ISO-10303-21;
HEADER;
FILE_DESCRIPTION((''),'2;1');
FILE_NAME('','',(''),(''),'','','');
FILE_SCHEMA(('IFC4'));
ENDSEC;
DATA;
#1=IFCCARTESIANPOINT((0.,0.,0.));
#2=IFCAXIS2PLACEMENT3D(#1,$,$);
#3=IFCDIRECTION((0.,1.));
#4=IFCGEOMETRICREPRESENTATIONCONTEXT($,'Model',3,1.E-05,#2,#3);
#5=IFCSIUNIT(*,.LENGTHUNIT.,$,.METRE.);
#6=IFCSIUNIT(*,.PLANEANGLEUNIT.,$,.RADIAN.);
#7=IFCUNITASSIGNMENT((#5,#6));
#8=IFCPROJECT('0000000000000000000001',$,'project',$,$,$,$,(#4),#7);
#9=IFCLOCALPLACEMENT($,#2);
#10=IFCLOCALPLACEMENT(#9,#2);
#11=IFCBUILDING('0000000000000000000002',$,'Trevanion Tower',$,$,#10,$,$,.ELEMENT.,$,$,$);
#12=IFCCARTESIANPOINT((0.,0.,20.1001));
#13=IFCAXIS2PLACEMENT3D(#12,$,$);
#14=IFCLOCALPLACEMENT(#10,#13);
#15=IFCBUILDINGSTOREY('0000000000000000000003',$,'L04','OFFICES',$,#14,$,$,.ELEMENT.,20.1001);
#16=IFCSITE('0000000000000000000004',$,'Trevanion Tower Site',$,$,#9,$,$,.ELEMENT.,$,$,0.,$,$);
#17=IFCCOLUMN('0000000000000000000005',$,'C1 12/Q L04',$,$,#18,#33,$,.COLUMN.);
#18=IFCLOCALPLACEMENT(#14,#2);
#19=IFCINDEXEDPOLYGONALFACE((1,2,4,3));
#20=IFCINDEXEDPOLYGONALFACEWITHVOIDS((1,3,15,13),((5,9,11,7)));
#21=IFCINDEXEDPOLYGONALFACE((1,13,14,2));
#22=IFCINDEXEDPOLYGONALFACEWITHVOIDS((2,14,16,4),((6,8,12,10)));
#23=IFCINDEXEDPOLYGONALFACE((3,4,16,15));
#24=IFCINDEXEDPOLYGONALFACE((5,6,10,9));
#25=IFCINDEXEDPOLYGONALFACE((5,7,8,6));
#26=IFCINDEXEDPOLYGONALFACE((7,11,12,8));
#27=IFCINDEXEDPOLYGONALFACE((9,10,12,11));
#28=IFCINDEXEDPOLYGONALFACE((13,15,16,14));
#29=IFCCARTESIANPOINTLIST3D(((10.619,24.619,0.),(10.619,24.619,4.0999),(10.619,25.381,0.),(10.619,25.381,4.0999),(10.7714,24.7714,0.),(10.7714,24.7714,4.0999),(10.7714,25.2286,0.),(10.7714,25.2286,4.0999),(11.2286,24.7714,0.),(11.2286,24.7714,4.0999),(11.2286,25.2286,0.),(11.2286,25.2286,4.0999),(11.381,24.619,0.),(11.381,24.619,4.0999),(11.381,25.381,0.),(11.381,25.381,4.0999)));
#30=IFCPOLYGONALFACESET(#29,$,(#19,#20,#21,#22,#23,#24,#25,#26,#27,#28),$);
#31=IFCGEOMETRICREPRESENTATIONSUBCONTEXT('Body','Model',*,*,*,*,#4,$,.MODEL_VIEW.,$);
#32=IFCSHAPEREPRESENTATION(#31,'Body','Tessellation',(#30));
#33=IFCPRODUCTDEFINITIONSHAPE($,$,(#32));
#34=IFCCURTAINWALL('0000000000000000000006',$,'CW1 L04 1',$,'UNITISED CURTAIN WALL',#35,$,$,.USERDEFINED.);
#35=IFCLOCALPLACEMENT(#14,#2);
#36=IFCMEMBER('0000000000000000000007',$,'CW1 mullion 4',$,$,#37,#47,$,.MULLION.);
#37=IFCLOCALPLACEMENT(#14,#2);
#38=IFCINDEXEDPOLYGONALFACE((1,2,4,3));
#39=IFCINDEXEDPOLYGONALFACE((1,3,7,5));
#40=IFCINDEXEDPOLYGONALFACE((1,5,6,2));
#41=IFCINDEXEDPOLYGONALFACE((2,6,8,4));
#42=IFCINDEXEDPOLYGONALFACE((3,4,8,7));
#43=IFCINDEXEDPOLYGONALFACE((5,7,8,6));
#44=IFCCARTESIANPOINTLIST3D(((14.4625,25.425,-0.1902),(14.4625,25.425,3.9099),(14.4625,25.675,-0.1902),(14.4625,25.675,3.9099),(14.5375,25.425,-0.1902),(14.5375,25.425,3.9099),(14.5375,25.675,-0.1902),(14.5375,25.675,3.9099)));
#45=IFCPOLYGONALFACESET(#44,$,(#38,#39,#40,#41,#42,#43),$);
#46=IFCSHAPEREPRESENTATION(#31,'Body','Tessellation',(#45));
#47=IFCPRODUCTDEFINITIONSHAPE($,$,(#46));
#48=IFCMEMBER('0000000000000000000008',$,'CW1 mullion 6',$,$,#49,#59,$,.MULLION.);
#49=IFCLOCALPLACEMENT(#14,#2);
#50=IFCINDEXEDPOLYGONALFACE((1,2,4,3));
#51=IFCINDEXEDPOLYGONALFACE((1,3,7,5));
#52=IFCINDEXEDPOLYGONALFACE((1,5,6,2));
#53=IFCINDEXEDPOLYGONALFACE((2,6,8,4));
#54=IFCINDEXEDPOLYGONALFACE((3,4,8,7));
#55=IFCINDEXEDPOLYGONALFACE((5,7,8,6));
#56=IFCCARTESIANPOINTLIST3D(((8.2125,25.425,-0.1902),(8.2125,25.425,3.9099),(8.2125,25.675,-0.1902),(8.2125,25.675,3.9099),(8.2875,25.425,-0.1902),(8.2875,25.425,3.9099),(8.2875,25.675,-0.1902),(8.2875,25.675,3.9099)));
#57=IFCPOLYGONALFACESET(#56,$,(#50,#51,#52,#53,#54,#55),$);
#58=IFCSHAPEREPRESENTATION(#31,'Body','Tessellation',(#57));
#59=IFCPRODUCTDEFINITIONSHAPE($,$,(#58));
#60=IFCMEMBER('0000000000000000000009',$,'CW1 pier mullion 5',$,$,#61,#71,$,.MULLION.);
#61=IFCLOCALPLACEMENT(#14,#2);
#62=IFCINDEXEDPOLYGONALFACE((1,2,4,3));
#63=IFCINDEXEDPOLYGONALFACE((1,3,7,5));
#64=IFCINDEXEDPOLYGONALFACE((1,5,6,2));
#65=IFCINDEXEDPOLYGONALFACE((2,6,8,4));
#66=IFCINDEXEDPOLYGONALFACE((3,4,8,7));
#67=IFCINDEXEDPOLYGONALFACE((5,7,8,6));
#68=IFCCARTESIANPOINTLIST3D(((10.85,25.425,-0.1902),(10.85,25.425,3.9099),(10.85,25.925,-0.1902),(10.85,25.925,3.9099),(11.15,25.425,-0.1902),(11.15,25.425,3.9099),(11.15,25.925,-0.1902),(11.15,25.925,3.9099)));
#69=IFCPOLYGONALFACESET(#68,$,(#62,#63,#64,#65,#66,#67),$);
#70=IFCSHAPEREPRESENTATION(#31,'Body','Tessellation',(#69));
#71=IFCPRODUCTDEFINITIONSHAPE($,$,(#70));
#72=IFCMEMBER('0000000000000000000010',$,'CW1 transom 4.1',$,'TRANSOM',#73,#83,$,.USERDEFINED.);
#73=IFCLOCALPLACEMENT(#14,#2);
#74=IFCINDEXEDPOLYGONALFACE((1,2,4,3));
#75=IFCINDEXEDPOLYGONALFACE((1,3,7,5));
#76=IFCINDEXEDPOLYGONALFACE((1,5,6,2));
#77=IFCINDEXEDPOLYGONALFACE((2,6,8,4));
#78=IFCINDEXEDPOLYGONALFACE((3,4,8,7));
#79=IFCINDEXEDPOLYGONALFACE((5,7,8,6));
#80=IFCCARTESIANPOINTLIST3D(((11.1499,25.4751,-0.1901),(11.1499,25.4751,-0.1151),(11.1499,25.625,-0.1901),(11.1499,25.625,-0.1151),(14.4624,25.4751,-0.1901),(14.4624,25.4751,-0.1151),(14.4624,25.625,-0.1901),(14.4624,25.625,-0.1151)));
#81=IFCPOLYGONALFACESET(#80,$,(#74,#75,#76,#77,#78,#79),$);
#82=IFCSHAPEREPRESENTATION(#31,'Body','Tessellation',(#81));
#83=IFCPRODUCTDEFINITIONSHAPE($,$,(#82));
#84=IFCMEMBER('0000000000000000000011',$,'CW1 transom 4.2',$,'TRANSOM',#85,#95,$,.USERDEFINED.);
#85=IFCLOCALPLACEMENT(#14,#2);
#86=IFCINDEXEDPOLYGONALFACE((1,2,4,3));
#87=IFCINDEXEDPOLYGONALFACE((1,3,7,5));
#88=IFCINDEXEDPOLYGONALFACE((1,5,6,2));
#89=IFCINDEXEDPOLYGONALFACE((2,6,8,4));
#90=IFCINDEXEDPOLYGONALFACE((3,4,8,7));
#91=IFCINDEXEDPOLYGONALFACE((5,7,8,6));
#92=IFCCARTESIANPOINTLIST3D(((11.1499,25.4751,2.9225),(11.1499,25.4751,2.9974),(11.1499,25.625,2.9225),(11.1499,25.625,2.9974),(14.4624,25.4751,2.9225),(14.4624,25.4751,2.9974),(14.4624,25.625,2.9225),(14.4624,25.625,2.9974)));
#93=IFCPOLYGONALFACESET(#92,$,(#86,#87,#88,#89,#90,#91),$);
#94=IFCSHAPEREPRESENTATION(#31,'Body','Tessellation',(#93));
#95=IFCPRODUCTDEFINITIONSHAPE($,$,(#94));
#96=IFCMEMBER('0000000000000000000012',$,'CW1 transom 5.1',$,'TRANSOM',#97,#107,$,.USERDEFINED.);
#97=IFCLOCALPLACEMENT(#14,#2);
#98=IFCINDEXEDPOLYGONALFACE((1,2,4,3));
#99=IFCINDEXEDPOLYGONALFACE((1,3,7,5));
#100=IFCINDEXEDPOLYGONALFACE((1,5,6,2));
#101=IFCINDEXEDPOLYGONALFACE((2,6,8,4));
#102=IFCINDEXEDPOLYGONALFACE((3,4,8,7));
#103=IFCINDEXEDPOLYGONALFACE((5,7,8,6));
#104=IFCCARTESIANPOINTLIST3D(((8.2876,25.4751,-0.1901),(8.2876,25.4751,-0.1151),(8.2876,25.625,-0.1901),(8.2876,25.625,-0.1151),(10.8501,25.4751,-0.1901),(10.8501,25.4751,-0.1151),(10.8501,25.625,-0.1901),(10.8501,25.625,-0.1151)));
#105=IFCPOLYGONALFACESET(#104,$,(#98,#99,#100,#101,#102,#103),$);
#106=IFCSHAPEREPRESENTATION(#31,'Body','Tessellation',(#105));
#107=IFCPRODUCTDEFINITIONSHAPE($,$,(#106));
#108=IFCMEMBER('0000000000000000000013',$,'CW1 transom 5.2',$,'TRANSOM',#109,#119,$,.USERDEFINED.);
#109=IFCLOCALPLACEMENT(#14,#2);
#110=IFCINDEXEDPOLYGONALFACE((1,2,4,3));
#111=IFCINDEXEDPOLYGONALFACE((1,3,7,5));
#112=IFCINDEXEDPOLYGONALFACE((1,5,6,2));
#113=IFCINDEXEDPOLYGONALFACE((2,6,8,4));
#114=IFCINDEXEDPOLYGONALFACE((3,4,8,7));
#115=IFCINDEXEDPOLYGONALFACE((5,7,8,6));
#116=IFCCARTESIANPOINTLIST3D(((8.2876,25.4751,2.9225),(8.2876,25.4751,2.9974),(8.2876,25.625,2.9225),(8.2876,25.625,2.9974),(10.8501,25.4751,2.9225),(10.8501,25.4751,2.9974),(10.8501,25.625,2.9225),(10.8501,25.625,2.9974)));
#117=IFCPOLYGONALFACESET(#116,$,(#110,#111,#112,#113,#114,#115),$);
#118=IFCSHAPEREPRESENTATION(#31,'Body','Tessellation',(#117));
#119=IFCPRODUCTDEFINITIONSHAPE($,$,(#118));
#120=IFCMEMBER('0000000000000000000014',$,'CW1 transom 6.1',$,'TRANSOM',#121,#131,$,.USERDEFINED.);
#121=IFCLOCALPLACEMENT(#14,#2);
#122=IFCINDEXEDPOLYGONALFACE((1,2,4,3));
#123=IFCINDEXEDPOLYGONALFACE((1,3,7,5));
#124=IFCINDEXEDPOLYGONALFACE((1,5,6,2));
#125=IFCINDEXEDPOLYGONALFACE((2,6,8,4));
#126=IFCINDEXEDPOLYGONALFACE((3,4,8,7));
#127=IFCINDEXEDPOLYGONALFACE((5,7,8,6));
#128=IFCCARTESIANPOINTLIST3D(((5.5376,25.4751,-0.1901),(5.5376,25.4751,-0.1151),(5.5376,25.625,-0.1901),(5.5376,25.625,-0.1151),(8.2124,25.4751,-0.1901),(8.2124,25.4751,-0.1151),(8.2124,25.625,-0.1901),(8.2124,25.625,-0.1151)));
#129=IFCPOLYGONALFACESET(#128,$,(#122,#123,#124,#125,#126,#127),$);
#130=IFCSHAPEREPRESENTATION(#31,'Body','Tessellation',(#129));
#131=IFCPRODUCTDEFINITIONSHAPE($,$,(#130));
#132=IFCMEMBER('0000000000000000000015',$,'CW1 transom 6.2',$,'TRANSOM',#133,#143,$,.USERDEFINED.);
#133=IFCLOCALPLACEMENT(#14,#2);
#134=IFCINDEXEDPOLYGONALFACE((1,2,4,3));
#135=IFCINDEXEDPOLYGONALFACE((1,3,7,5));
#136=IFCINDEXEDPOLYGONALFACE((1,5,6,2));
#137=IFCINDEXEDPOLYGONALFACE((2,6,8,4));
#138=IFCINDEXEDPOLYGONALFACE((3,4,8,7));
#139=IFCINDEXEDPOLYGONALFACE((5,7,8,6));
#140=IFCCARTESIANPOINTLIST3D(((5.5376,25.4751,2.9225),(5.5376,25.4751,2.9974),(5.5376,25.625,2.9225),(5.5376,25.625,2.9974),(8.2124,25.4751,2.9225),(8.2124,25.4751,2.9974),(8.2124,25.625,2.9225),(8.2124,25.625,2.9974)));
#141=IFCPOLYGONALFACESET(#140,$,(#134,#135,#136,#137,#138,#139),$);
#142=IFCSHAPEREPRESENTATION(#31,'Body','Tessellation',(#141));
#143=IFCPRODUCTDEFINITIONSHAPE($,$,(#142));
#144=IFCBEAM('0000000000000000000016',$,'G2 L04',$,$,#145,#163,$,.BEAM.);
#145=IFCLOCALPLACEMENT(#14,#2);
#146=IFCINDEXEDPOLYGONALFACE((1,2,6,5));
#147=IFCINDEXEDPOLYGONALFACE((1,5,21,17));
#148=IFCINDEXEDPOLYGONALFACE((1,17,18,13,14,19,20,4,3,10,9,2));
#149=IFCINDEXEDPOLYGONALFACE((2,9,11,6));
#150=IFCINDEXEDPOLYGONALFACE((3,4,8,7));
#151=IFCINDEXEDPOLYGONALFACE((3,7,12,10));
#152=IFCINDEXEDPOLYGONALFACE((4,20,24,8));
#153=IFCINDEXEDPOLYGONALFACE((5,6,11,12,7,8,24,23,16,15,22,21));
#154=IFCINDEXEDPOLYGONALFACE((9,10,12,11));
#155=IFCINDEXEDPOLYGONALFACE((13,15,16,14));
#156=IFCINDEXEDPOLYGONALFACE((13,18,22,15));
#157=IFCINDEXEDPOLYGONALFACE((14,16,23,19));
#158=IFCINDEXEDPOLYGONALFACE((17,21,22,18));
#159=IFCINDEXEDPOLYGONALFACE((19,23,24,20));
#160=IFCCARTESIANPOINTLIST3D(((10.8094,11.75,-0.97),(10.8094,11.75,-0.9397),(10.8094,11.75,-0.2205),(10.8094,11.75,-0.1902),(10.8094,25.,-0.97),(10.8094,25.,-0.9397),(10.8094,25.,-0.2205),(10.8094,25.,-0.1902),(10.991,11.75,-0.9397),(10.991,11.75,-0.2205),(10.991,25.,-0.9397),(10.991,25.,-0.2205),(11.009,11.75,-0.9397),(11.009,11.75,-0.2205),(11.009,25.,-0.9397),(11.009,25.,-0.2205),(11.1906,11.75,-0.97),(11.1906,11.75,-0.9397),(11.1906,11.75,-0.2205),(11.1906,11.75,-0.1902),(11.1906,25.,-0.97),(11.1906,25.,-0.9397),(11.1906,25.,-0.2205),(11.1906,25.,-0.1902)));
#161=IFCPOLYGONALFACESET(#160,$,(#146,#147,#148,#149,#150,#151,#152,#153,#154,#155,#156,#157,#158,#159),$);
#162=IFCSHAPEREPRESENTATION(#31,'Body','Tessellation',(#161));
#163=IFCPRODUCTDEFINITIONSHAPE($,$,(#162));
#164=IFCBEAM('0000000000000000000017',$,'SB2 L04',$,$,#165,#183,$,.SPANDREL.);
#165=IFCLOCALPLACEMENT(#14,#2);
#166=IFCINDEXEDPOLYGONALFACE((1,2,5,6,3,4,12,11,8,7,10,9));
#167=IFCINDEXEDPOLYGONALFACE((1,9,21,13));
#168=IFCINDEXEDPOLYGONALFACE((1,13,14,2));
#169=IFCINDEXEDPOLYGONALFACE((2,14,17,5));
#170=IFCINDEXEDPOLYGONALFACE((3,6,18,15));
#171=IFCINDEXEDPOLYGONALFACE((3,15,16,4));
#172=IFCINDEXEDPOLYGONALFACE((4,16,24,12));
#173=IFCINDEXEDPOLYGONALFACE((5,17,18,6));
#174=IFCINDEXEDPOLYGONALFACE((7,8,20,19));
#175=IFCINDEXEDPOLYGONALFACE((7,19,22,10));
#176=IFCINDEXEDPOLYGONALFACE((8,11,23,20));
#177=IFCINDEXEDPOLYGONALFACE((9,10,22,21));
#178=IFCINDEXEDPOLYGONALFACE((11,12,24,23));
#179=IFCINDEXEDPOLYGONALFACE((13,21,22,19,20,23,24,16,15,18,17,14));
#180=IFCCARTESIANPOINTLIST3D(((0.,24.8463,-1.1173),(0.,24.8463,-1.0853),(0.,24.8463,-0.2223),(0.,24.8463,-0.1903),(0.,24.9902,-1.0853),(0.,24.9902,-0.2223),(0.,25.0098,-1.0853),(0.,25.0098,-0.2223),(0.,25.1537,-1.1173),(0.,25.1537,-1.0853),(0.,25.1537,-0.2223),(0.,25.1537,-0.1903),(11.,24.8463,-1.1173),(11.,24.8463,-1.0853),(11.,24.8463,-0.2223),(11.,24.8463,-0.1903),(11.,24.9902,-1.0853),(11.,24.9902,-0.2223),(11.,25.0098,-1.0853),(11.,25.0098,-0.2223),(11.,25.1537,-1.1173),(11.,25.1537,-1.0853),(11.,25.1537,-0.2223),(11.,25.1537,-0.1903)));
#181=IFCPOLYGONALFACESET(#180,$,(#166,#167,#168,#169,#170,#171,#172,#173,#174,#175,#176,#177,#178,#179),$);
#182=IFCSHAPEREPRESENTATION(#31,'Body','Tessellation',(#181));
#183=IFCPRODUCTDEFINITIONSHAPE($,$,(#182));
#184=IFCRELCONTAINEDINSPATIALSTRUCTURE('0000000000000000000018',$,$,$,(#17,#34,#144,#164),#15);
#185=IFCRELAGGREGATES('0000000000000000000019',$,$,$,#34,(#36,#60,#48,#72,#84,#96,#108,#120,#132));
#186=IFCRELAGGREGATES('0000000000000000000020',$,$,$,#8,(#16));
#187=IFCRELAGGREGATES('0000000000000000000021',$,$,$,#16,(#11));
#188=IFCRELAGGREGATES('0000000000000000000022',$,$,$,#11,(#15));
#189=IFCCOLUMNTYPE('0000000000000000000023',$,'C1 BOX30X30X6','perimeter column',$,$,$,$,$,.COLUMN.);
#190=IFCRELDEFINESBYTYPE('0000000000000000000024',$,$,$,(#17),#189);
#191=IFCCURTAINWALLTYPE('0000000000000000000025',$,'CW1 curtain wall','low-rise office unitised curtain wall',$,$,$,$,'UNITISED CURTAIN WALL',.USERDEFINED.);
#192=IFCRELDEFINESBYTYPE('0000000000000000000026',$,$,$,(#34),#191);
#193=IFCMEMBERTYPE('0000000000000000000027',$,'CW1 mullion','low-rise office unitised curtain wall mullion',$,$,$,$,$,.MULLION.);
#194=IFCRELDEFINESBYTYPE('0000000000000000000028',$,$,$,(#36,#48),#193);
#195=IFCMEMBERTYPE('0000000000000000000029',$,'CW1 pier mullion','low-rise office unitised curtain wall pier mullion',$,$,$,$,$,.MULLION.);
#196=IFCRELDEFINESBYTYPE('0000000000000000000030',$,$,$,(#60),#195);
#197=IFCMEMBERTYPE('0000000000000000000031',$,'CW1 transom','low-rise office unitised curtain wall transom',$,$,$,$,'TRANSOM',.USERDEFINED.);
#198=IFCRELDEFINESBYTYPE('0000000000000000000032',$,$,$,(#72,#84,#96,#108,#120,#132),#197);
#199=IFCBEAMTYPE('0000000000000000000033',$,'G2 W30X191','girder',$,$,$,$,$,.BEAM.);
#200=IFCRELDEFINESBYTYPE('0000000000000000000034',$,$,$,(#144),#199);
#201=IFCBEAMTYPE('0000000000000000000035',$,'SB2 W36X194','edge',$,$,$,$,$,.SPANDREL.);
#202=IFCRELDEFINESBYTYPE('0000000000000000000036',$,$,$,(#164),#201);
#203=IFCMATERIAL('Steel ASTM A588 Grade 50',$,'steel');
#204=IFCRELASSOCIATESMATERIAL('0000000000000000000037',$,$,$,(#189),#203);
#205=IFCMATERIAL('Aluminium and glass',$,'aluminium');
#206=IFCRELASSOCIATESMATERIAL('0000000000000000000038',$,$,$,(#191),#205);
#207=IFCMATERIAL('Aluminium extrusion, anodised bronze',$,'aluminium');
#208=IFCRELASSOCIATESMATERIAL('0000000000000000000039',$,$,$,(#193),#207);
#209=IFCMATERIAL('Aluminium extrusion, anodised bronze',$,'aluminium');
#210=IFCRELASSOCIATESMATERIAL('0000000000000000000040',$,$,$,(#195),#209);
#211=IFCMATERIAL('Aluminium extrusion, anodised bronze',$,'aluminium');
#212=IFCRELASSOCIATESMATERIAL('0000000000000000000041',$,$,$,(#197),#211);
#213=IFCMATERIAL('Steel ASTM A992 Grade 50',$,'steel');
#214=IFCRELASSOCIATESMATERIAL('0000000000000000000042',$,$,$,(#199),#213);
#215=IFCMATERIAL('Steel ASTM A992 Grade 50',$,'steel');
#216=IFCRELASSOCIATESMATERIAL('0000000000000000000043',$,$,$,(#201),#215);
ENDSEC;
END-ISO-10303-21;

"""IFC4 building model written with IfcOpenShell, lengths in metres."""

from ifc_helpers import new_model, si_unit, direction, frame, origin, origin_2d, place, context, subcontext, project, spatial, rectangle, hollow_rectangle, i_section, extrude, material, material_profile, profile_set, type_object, element, aggregate, save


model = new_model("IFC4")

# Units and contexts
model_context = context("Model", 3, precision=1e-05, world=origin(), true_north=direction((0.0, 1.0)))
body_context = subcontext(model_context, "Body", "Model", "MODEL_VIEW")
ifc_project = project(units=[si_unit("LENGTHUNIT", "METRE"), si_unit("PLANEANGLEUNIT", "RADIAN")], contexts=[model_context])

# Site, building, storey
site_placement = place(None, origin())
site = spatial("IfcSite", under=ifc_project, at=site_placement, Name="Trevanion Tower Site", CompositionType="ELEMENT", RefElevation=0.0)
building_placement = place(site_placement, origin())
building = spatial("IfcBuilding", under=site, at=building_placement, Name="Trevanion Tower", CompositionType="ELEMENT")
storey_placement = place(building_placement, frame((0.0, 0.0, 20.1001)))
storey = spatial("IfcBuildingStorey", under=building, at=storey_placement, Name="L04", Description="OFFICES", CompositionType="ELEMENT", Elevation=20.1001)

# Column
ifc_material_1 = material(Name="Steel ASTM A588 Grade 50", Category="steel")
ifc_material_profile_1 = material_profile(ifc_material_1, hollow_rectangle(XDim=0.762, YDim=0.762, WallThickness=0.1523, at=origin_2d()), Name="BOX30X30X6")
ifc_profile_set_1 = profile_set([ifc_material_profile_1], Name="Steel ASTM A588 Grade 50")
column_type = type_object("IfcColumnType", Name="C1 BOX30X30X6", Description="perimeter column", PredefinedType="COLUMN", material=ifc_profile_set_1)
column_placement = place(storey_placement, frame((11.0, 25.0, 0.0), z_axis=(0.0, 0.0, 1.0), x_axis=(1.0, 0.0, 0.0)))
element("IfcColumn", 1, at=column_placement, inside=storey, type_object=column_type, Name="C1 12/Q L04", PredefinedType="COLUMN", context=body_context, shape_type="SweptSolid", body=[
    extrude(hollow_rectangle(XDim=0.762, YDim=0.762, WallThickness=0.1523, at=origin_2d()), origin(), (0.0, 0.0, 1.0), 4.0999),
])

# Curtain wall, members
ifc_material_2 = material(Name="Aluminium and glass", Category="aluminium")
curtain_wall_type = type_object("IfcCurtainWallType", Name="CW1 curtain wall", Description="low-rise office unitised curtain wall", ElementType="UNITISED CURTAIN WALL", PredefinedType="USERDEFINED", material=ifc_material_2)
curtain_wall_placement = place(storey_placement, origin())
curtain_wall = element("IfcCurtainWall", 2, at=curtain_wall_placement, inside=storey, type_object=curtain_wall_type, Name="CW1 L04 1", ObjectType="UNITISED CURTAIN WALL", PredefinedType="USERDEFINED")
ifc_material_3 = material(Name="Aluminium extrusion, anodised bronze", Category="aluminium")
ifc_material_profile_2 = material_profile(ifc_material_3, rectangle(XDim=0.075, YDim=0.25, at=origin_2d()), Name="CW1 mullion")
ifc_profile_set_2 = profile_set([ifc_material_profile_2], Name="Aluminium extrusion, anodised bronze")
member_type_1 = type_object("IfcMemberType", Name="CW1 mullion", Description="low-rise office unitised curtain wall mullion", PredefinedType="MULLION", material=ifc_profile_set_2)
member_1_placement = place(storey_placement, frame((14.5, 25.55, -0.1902), z_axis=(0.0, 0.0, 1.0), x_axis=(-1.0, 0.0, 0.0)))
member_1 = element("IfcMember", 3, at=member_1_placement, type_object=member_type_1, Name="CW1 mullion 4", PredefinedType="MULLION", context=body_context, shape_type="SweptSolid", body=[
    extrude(rectangle(XDim=0.075, YDim=0.25, at=origin_2d()), origin(), (0.0, 0.0, 1.0), 4.1001),
])
member_2_placement = place(storey_placement, frame((8.25, 25.55, -0.1902), z_axis=(0.0, 0.0, 1.0), x_axis=(-1.0, 0.0, 0.0)))
member_2 = element("IfcMember", 4, at=member_2_placement, type_object=member_type_1, Name="CW1 mullion 6", PredefinedType="MULLION", context=body_context, shape_type="SweptSolid", body=[
    extrude(rectangle(XDim=0.075, YDim=0.25, at=origin_2d()), origin(), (0.0, 0.0, 1.0), 4.1001),
])
ifc_material_4 = material(Name="Aluminium extrusion, anodised bronze", Category="aluminium")
ifc_material_profile_3 = material_profile(ifc_material_4, rectangle(XDim=0.3, YDim=0.5, at=origin_2d()), Name="CW1 pier mullion")
ifc_profile_set_3 = profile_set([ifc_material_profile_3], Name="Aluminium extrusion, anodised bronze")
member_type_2 = type_object("IfcMemberType", Name="CW1 pier mullion", Description="low-rise office unitised curtain wall pier mullion", PredefinedType="MULLION", material=ifc_profile_set_3)
member_3_placement = place(storey_placement, frame((11.0, 25.675, -0.1902), z_axis=(0.0, 0.0, 1.0), x_axis=(-1.0, 0.0, 0.0)))
member_3 = element("IfcMember", 5, at=member_3_placement, type_object=member_type_2, Name="CW1 pier mullion 5", PredefinedType="MULLION", context=body_context, shape_type="SweptSolid", body=[
    extrude(rectangle(XDim=0.3, YDim=0.5, at=origin_2d()), origin(), (0.0, 0.0, 1.0), 4.1001),
])
ifc_material_5 = material(Name="Aluminium extrusion, anodised bronze", Category="aluminium")
ifc_material_profile_4 = material_profile(ifc_material_5, rectangle(XDim=0.1499, YDim=0.075, at=origin_2d()), Name="CW1 transom")
ifc_profile_set_4 = profile_set([ifc_material_profile_4], Name="Aluminium extrusion, anodised bronze")
member_type_3 = type_object("IfcMemberType", Name="CW1 transom", Description="low-rise office unitised curtain wall transom", ElementType="TRANSOM", PredefinedType="USERDEFINED", material=ifc_profile_set_4)
member_4_placement = place(storey_placement, frame((14.4624, 25.55, -0.1526), z_axis=(-1.0, 0.0, 0.0), x_axis=(0.0, -1.0, 0.0)))
member_4 = element("IfcMember", 6, at=member_4_placement, type_object=member_type_3, Name="CW1 transom 4.1", ObjectType="TRANSOM", PredefinedType="USERDEFINED", context=body_context, shape_type="SweptSolid", body=[
    extrude(rectangle(XDim=0.1499, YDim=0.075, at=origin_2d()), origin(), (0.0, 0.0, 1.0), 3.3125),
])
member_5_placement = place(storey_placement, frame((14.4624, 25.55, 2.96), z_axis=(-1.0, 0.0, 0.0), x_axis=(0.0, -1.0, 0.0)))
member_5 = element("IfcMember", 7, at=member_5_placement, type_object=member_type_3, Name="CW1 transom 4.2", ObjectType="TRANSOM", PredefinedType="USERDEFINED", context=body_context, shape_type="SweptSolid", body=[
    extrude(rectangle(XDim=0.1499, YDim=0.075, at=origin_2d()), origin(), (0.0, 0.0, 1.0), 3.3125),
])
member_6_placement = place(storey_placement, frame((10.8501, 25.55, -0.1526), z_axis=(-1.0, 0.0, 0.0), x_axis=(0.0, -1.0, 0.0)))
member_6 = element("IfcMember", 8, at=member_6_placement, type_object=member_type_3, Name="CW1 transom 5.1", ObjectType="TRANSOM", PredefinedType="USERDEFINED", context=body_context, shape_type="SweptSolid", body=[
    extrude(rectangle(XDim=0.1499, YDim=0.075, at=origin_2d()), origin(), (0.0, 0.0, 1.0), 2.5625),
])
member_7_placement = place(storey_placement, frame((10.8501, 25.55, 2.96), z_axis=(-1.0, 0.0, 0.0), x_axis=(0.0, -1.0, 0.0)))
member_7 = element("IfcMember", 9, at=member_7_placement, type_object=member_type_3, Name="CW1 transom 5.2", ObjectType="TRANSOM", PredefinedType="USERDEFINED", context=body_context, shape_type="SweptSolid", body=[
    extrude(rectangle(XDim=0.1499, YDim=0.075, at=origin_2d()), origin(), (0.0, 0.0, 1.0), 2.5625),
])
member_8_placement = place(storey_placement, frame((8.2124, 25.55, -0.1526), z_axis=(-1.0, 0.0, 0.0), x_axis=(0.0, -1.0, 0.0)))
member_8 = element("IfcMember", 10, at=member_8_placement, type_object=member_type_3, Name="CW1 transom 6.1", ObjectType="TRANSOM", PredefinedType="USERDEFINED", context=body_context, shape_type="SweptSolid", body=[
    extrude(rectangle(XDim=0.1499, YDim=0.075, at=origin_2d()), origin(), (0.0, 0.0, 1.0), 2.6748),
])
member_9_placement = place(storey_placement, frame((8.2124, 25.55, 2.96), z_axis=(-1.0, 0.0, 0.0), x_axis=(0.0, -1.0, 0.0)))
member_9 = element("IfcMember", 11, at=member_9_placement, type_object=member_type_3, Name="CW1 transom 6.2", ObjectType="TRANSOM", PredefinedType="USERDEFINED", context=body_context, shape_type="SweptSolid", body=[
    extrude(rectangle(XDim=0.1499, YDim=0.075, at=origin_2d()), origin(), (0.0, 0.0, 1.0), 2.6748),
])

# Beams
ifc_material_6 = material(Name="Steel ASTM A992 Grade 50", Category="steel")
ifc_material_profile_5 = material_profile(ifc_material_6, i_section(OverallWidth=0.3811, OverallDepth=0.7798, WebThickness=0.0181, FlangeThickness=0.0303, at=origin_2d()), Name="W30X191")
ifc_profile_set_5 = profile_set([ifc_material_profile_5], Name="Steel ASTM A992 Grade 50")
beam_type_1 = type_object("IfcBeamType", Name="G2 W30X191", Description="girder", PredefinedType="BEAM", material=ifc_profile_set_5)
beam_1_placement = place(storey_placement, frame((11.0, 11.75, -0.5801), z_axis=(0.0, 1.0, 0.0), x_axis=(-1.0, 0.0, 0.0)))
element("IfcBeam", 12, at=beam_1_placement, inside=storey, type_object=beam_type_1, Name="G2 L04", PredefinedType="BEAM", context=body_context, shape_type="SweptSolid", body=[
    extrude(i_section(OverallWidth=0.3811, OverallDepth=0.7798, WebThickness=0.0181, FlangeThickness=0.0303, at=origin_2d()), origin(), (0.0, 0.0, 1.0), 13.25),
])
ifc_material_7 = material(Name="Steel ASTM A992 Grade 50", Category="steel")
ifc_material_profile_6 = material_profile(ifc_material_7, i_section(OverallWidth=0.3074, OverallDepth=0.927, WebThickness=0.0195, FlangeThickness=0.032, at=origin_2d()), Name="W36X194")
ifc_profile_set_6 = profile_set([ifc_material_profile_6], Name="Steel ASTM A992 Grade 50")
beam_type_2 = type_object("IfcBeamType", Name="SB2 W36X194", Description="edge", PredefinedType="SPANDREL", material=ifc_profile_set_6)
beam_2_placement = place(storey_placement, frame((11.0, 25.0, -0.6538), z_axis=(-1.0, 0.0, 0.0), x_axis=(0.0, -1.0, 0.0)))
element("IfcBeam", 13, at=beam_2_placement, inside=storey, type_object=beam_type_2, Name="SB2 L04", PredefinedType="SPANDREL", context=body_context, shape_type="SweptSolid", body=[
    extrude(i_section(OverallWidth=0.3074, OverallDepth=0.927, WebThickness=0.0195, FlangeThickness=0.032, at=origin_2d()), origin(), (0.0, 0.0, 1.0), 11.0),
])

aggregate(curtain_wall, [member_1, member_3, member_2, member_4, member_5, member_6, member_7, member_8, member_9])

save(model, "model.ifc")
